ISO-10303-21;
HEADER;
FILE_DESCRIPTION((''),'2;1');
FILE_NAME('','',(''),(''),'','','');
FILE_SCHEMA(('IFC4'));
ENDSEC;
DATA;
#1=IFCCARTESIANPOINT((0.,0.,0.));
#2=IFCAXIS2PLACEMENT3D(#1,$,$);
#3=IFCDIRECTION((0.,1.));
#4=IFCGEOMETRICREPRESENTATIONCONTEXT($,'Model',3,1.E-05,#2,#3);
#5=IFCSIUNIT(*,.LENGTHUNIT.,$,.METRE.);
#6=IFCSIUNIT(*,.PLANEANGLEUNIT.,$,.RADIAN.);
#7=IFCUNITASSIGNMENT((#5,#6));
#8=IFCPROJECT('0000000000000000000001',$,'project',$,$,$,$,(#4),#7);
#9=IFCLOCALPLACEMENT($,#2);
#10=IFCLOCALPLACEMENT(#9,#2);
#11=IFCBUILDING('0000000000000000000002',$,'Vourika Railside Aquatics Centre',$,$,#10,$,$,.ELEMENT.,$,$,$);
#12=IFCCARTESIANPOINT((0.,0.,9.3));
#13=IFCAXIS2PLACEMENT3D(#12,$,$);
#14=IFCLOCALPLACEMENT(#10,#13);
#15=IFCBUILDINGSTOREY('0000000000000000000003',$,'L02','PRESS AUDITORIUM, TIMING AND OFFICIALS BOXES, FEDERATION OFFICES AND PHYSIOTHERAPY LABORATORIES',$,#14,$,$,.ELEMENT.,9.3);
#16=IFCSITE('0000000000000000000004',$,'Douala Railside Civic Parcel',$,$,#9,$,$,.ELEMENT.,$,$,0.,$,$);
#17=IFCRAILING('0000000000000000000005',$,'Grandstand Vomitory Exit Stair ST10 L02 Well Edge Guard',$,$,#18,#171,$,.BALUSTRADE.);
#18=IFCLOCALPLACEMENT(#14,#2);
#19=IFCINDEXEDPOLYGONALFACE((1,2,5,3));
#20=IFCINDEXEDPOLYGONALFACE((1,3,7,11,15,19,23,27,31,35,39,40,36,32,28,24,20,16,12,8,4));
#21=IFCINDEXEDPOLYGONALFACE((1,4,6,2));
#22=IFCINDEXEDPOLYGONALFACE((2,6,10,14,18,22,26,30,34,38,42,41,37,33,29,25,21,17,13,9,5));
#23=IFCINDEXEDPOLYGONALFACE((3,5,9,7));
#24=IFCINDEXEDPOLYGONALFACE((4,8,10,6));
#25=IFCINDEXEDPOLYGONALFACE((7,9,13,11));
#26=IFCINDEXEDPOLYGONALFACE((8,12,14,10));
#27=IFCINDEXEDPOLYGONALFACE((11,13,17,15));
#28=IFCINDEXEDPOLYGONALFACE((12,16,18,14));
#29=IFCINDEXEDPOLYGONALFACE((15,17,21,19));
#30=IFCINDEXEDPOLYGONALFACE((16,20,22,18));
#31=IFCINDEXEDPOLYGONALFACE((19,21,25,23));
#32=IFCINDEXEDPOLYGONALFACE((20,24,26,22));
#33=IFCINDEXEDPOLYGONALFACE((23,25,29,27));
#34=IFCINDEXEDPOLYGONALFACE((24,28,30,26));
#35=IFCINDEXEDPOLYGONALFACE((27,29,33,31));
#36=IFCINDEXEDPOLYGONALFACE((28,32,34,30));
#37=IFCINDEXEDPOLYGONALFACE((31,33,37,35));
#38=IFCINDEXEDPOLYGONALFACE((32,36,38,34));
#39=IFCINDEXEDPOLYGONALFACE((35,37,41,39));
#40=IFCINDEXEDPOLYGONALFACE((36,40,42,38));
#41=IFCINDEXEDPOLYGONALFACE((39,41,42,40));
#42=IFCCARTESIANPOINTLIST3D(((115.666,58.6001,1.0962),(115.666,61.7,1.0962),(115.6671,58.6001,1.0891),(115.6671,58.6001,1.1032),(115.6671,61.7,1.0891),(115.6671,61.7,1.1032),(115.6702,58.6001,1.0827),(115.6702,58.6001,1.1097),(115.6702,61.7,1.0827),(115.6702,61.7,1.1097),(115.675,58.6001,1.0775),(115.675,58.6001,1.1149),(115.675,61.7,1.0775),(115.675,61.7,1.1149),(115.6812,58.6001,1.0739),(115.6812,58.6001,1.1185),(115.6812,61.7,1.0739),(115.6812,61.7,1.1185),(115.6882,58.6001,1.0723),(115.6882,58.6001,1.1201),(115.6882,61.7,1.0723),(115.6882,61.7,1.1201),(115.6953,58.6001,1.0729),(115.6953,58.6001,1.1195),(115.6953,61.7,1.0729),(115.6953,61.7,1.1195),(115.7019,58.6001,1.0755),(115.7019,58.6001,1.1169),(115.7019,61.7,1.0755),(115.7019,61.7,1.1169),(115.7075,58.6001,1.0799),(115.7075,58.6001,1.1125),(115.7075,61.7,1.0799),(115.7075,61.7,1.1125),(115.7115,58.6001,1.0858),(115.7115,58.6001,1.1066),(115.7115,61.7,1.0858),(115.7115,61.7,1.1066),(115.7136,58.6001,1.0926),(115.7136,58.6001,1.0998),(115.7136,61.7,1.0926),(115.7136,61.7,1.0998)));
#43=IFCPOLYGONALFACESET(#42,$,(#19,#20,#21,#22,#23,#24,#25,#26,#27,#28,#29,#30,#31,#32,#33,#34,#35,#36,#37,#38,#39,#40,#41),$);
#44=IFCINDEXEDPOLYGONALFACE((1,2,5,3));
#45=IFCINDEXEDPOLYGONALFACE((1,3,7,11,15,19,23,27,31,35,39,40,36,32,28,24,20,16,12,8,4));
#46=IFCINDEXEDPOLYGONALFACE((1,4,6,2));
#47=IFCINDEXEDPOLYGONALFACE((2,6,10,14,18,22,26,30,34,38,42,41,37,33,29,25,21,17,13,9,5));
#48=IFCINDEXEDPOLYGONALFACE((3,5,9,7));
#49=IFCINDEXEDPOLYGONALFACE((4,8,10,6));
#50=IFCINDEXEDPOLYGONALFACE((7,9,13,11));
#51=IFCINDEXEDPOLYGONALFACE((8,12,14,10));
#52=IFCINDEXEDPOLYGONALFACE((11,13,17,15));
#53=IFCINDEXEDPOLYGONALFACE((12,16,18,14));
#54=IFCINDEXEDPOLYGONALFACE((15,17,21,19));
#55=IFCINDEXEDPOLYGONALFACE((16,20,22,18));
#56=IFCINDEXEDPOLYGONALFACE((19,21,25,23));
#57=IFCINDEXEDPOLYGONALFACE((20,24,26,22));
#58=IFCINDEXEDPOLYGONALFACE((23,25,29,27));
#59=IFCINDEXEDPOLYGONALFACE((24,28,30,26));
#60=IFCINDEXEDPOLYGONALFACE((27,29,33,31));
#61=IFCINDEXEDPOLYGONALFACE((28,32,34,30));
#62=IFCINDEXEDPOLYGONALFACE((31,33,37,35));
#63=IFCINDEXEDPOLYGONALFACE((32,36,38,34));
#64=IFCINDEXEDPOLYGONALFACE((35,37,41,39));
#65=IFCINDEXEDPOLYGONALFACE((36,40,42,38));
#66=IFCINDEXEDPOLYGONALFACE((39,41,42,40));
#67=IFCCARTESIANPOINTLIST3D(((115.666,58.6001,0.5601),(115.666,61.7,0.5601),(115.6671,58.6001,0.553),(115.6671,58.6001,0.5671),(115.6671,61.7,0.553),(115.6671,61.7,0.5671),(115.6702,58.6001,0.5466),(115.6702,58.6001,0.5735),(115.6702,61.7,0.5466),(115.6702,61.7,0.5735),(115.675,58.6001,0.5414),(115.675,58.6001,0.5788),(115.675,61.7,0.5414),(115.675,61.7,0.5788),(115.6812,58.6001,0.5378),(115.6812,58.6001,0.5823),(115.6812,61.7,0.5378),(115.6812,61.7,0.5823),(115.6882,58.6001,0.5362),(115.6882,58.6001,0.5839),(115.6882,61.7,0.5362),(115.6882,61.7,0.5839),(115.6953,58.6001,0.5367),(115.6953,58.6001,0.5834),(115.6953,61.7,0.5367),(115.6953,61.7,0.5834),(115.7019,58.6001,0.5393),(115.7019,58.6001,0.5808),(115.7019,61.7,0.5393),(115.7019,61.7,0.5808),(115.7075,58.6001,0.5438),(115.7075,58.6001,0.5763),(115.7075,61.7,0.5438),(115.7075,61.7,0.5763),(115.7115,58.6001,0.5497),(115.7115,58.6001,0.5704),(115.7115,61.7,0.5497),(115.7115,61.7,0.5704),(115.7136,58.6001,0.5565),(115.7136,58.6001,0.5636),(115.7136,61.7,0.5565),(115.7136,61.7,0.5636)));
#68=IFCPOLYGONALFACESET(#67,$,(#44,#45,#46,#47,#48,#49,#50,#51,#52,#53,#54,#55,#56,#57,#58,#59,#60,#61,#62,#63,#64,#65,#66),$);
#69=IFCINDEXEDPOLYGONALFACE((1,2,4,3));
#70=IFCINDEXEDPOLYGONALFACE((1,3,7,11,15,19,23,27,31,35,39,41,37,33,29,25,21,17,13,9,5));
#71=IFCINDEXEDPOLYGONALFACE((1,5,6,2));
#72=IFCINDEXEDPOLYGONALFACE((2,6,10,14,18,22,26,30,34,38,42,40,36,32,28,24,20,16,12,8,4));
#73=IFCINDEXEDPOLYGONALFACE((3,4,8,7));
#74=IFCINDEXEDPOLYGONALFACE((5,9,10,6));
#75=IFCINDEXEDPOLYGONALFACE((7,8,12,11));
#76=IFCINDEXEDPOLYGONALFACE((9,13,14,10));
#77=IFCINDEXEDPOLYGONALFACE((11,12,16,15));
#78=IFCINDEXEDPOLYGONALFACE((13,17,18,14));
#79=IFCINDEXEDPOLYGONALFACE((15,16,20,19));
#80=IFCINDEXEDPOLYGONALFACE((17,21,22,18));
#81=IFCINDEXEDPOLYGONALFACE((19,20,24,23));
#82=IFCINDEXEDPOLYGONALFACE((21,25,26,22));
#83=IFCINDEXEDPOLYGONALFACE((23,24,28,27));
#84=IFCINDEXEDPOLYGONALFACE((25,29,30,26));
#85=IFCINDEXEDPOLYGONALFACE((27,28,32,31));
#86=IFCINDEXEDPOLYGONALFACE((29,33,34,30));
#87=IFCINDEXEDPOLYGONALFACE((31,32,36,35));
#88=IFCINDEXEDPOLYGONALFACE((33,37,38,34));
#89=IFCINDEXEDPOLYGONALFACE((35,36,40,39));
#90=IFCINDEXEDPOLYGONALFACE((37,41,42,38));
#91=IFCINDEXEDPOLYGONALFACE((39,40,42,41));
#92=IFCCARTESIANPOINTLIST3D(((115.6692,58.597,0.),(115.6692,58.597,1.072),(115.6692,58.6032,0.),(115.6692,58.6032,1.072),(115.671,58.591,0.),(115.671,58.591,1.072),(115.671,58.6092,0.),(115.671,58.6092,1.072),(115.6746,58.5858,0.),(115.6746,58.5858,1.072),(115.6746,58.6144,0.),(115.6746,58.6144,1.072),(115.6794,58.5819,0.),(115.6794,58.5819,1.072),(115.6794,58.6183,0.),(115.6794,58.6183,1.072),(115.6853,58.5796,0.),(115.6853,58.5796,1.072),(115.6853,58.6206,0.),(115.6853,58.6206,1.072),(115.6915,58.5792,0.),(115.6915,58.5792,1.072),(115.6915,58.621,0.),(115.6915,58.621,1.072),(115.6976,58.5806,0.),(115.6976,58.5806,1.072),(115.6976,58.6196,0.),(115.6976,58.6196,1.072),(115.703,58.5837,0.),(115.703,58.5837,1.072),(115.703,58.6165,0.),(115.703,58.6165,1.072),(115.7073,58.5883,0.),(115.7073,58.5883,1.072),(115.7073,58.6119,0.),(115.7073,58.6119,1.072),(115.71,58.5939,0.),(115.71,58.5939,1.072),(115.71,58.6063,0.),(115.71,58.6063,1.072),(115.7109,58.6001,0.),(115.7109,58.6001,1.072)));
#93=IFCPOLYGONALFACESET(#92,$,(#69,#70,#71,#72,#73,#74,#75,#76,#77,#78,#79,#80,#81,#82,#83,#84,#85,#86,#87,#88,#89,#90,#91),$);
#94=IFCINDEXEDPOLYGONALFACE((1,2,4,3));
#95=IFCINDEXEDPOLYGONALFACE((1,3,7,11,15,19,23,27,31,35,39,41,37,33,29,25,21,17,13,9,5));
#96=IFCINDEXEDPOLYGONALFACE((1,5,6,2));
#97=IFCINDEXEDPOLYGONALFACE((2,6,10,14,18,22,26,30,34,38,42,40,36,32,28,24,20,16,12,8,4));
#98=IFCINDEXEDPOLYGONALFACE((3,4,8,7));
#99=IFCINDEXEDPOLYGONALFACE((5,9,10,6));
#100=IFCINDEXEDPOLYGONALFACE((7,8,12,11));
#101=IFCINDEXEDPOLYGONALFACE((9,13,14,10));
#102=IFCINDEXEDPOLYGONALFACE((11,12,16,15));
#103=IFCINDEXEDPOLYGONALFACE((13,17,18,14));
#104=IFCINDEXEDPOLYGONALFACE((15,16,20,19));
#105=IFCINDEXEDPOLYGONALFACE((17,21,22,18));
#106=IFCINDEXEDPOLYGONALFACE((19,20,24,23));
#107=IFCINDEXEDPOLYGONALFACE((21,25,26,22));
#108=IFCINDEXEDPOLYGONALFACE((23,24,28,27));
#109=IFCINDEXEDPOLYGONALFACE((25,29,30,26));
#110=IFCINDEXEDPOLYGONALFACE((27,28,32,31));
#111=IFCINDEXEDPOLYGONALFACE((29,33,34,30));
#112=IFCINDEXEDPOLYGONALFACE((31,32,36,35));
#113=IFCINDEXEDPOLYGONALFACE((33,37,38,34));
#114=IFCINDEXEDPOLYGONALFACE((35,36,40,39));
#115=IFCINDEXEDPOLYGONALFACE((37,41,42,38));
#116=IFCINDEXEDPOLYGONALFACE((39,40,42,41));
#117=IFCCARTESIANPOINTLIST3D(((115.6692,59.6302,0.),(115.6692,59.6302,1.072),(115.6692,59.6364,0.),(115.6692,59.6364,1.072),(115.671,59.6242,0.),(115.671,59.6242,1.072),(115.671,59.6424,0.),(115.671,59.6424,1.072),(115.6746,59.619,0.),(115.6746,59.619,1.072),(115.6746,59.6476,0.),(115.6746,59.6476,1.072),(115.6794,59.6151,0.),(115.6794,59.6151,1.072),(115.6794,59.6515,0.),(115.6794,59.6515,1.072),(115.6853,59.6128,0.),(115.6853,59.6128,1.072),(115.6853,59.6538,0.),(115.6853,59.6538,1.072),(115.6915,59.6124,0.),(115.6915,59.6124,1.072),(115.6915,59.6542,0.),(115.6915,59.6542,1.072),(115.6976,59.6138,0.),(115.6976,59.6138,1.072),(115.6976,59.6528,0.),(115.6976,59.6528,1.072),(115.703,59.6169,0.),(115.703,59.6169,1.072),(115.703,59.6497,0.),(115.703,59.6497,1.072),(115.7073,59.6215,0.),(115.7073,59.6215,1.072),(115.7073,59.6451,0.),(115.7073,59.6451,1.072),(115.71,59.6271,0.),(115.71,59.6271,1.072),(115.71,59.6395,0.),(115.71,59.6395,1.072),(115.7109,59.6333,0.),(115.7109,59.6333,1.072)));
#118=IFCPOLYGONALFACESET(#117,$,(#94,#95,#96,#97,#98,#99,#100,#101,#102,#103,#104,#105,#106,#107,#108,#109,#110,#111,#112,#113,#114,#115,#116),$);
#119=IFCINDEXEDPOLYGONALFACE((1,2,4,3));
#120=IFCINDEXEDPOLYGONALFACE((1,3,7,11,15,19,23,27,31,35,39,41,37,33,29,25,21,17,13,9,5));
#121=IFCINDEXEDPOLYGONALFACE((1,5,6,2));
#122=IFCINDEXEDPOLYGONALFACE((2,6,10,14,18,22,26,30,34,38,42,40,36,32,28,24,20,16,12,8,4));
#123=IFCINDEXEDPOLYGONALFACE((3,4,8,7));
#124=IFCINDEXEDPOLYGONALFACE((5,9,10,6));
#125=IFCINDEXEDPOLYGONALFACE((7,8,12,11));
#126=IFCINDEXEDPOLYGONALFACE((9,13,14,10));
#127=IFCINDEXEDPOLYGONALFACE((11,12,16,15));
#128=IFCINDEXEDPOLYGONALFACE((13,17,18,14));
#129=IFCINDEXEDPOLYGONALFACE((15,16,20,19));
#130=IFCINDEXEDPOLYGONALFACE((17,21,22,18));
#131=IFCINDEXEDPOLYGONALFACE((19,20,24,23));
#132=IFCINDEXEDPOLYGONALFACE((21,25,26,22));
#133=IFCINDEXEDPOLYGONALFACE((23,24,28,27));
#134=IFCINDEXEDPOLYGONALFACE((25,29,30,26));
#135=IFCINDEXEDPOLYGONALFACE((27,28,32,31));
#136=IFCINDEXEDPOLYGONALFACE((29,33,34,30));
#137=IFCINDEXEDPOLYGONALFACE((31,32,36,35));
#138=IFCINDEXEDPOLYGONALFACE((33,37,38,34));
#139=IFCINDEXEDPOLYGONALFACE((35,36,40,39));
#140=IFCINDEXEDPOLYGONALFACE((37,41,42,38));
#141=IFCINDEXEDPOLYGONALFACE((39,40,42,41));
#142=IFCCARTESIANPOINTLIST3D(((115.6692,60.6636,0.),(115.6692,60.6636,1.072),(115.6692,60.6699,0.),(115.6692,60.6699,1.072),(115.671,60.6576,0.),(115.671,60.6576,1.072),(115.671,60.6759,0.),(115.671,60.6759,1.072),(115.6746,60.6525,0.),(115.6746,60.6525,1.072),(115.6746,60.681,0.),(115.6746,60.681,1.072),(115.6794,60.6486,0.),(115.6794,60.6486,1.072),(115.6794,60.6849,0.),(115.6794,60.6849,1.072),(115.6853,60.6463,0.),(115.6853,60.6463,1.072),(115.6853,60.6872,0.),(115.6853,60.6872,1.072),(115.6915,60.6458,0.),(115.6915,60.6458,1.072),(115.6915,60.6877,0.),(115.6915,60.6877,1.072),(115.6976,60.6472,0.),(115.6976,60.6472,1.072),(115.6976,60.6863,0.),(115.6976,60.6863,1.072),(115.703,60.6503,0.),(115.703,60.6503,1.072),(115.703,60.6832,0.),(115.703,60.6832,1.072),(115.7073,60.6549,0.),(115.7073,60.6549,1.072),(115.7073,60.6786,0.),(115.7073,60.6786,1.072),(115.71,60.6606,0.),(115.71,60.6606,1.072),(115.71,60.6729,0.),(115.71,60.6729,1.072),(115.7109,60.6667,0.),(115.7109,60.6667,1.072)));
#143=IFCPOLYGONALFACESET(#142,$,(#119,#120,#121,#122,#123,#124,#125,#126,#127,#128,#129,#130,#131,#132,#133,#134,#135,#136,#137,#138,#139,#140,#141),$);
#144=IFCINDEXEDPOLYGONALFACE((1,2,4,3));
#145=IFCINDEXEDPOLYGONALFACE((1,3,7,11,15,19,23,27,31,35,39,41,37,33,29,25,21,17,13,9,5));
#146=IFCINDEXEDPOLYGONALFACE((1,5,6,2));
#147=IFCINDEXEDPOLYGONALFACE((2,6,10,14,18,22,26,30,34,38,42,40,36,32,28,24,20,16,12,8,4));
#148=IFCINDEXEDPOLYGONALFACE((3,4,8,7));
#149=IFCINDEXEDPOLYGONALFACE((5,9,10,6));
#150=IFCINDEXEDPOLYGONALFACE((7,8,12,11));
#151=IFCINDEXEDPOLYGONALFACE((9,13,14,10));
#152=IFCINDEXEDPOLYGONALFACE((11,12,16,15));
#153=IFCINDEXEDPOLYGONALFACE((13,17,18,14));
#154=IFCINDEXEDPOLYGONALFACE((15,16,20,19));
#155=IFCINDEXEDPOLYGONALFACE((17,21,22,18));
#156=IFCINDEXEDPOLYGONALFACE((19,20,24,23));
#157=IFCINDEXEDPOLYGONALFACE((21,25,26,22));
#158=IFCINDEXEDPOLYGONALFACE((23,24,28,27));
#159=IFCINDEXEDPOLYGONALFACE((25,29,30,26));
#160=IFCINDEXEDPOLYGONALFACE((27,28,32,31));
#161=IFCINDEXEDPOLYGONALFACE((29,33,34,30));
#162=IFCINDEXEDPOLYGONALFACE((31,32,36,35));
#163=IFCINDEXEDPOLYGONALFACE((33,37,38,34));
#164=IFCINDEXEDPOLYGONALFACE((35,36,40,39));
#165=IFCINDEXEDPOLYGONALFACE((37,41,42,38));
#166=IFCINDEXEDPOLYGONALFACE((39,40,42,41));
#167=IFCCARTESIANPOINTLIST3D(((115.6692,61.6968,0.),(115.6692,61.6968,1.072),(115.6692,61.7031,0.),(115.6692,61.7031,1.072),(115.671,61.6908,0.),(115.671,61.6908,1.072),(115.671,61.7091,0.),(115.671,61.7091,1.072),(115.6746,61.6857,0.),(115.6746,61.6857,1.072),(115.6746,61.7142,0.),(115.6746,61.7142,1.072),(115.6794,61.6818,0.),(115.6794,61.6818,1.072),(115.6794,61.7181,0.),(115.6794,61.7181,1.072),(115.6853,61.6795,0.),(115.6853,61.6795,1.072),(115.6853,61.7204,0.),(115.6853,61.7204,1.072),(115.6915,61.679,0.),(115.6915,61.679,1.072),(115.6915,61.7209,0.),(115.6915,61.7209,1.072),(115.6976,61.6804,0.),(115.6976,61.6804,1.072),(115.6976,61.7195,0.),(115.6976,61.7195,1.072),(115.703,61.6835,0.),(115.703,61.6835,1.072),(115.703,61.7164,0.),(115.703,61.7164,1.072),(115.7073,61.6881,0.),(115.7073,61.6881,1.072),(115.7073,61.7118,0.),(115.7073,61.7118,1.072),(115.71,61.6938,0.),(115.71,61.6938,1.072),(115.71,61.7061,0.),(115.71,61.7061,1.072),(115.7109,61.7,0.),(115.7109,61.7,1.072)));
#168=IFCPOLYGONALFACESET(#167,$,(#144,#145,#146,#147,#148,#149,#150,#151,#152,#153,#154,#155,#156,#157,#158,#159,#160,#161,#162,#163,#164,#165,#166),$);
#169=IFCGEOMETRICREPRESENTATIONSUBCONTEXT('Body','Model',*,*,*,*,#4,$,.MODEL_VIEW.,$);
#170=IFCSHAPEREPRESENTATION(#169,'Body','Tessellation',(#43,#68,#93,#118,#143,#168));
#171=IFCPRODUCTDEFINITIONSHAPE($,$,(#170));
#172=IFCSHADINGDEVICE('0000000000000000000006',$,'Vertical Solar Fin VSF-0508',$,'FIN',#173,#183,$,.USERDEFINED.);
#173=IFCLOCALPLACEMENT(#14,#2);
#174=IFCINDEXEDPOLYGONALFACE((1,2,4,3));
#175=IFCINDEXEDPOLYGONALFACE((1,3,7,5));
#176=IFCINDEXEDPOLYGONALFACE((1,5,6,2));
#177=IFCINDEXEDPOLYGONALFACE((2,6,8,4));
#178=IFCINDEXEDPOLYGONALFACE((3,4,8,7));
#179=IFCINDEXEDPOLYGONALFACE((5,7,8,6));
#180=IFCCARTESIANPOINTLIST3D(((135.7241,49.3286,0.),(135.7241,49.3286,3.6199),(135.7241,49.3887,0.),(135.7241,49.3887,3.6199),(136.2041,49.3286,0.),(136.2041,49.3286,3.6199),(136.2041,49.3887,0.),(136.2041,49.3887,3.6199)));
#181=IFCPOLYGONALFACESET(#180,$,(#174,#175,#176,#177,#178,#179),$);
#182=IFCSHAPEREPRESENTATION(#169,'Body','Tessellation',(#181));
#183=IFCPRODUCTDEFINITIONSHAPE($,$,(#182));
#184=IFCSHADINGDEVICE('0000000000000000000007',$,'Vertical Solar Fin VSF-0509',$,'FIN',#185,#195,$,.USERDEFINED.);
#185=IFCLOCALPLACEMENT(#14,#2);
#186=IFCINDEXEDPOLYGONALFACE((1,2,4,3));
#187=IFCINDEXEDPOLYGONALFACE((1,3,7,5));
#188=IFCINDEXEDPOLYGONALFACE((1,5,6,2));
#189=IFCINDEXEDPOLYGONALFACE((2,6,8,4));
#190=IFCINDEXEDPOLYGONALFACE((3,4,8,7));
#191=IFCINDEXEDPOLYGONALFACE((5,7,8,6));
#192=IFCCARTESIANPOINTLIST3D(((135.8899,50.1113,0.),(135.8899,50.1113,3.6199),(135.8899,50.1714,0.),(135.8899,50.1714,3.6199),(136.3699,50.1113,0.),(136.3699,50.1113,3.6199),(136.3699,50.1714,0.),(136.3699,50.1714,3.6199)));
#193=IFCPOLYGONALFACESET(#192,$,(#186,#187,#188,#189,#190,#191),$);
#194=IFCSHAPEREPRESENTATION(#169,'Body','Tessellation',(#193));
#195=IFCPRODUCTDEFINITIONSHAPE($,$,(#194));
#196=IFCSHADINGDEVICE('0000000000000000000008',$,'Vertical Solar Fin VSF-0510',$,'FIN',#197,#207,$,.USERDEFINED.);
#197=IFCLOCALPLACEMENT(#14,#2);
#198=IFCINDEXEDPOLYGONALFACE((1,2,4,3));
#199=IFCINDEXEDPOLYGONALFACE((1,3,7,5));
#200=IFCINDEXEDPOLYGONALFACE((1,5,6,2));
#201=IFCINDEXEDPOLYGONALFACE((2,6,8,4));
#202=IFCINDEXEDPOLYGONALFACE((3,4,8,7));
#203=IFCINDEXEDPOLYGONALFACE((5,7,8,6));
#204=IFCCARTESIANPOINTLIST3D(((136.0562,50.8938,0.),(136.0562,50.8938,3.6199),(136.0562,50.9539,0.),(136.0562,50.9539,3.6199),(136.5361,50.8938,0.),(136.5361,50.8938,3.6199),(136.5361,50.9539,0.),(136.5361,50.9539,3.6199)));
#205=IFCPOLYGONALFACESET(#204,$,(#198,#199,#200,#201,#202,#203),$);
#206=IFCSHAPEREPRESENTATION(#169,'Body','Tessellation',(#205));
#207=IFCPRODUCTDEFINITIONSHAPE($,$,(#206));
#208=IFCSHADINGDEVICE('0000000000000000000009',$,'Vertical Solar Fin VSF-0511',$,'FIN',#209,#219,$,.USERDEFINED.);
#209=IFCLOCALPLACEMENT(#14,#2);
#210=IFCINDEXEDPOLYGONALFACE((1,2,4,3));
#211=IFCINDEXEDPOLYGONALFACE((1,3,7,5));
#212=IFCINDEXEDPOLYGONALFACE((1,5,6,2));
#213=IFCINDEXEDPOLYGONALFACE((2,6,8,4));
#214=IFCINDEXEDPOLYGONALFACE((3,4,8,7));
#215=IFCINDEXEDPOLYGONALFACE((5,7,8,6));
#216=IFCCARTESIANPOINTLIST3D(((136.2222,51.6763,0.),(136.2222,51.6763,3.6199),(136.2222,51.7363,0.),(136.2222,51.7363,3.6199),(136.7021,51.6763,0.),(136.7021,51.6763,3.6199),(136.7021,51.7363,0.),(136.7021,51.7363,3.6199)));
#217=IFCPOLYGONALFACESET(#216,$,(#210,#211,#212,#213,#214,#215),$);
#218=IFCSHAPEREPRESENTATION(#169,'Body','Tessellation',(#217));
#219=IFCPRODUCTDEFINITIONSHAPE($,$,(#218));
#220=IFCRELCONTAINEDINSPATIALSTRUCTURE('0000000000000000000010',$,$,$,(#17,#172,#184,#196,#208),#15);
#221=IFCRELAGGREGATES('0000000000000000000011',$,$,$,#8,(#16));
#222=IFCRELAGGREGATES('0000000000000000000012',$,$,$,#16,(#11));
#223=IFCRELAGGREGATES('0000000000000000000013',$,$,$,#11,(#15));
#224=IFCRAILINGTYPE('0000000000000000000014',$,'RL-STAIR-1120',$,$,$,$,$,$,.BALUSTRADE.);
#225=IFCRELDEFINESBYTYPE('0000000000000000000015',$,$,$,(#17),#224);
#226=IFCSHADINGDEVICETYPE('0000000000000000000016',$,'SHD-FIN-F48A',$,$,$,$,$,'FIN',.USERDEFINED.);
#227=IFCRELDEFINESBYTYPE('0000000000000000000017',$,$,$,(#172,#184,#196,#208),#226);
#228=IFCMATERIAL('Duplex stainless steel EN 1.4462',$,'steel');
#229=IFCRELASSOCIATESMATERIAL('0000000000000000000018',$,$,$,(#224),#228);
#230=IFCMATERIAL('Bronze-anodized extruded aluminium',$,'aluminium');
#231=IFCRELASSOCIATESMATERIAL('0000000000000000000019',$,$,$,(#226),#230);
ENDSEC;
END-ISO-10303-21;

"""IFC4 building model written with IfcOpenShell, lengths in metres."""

from ifc_helpers import new_model, si_unit, direction, frame, origin, origin_2d, place, context, subcontext, project, spatial, rectangle, circle, extrude, material, material_profile, profile_set, type_object, element, save


model = new_model("IFC4")

# Units and contexts
model_context = context("Model", 3, precision=1e-05, world=origin(), true_north=direction((0.0, 1.0)))
body_context = subcontext(model_context, "Body", "Model", "MODEL_VIEW")
ifc_project = project(units=[si_unit("LENGTHUNIT", "METRE"), si_unit("PLANEANGLEUNIT", "RADIAN")], contexts=[model_context])

# Site, building, storey
site_placement = place(None, origin())
site = spatial("IfcSite", under=ifc_project, at=site_placement, Name="Douala Railside Civic Parcel", CompositionType="ELEMENT", RefElevation=0.0)
building_placement = place(site_placement, origin())
building = spatial("IfcBuilding", under=site, at=building_placement, Name="Vourika Railside Aquatics Centre", CompositionType="ELEMENT")
storey_placement = place(building_placement, frame((0.0, 0.0, 9.3)))
storey = spatial("IfcBuildingStorey", under=building, at=storey_placement, Name="L02", Description="PRESS AUDITORIUM, TIMING AND OFFICIALS BOXES, FEDERATION OFFICES AND PHYSIOTHERAPY LABORATORIES", CompositionType="ELEMENT", Elevation=9.3)

# Railing
ifc_material_1 = material(Name="Duplex stainless steel EN 1.4462", Category="steel")
railing_type_1 = type_object("IfcRailingType", Name="RL-STAIR-1120", PredefinedType="BALUSTRADE", material=ifc_material_1)
railing_1_placement = place(storey_placement, frame((115.6899, 58.6001, 0.0)))
element("IfcRailing", 1, at=railing_1_placement, inside=storey, type_object=railing_type_1, Name="Grandstand Vomitory Exit Stair ST10 L02 Well Edge Guard", PredefinedType="BALUSTRADE", context=body_context, shape_type="SweptSolid", body=[
    extrude(circle(Radius=0.0239, at=origin_2d()), frame((0.0, 0.0, 1.0962), z_axis=(0.0, 1.0, 0.0), x_axis=(-1.0, 0.0, 0.0)), (0.0, 0.0, 1.0), 3.0999),
    extrude(circle(Radius=0.0239, at=origin_2d()), frame((0.0, 0.0, 0.5601), z_axis=(0.0, 1.0, 0.0), x_axis=(-1.0, 0.0, 0.0)), (0.0, 0.0, 1.0), 3.0999),
    extrude(circle(Radius=0.021, at=origin_2d()), origin(), (0.0, 0.0, 1.0), 1.072),
    extrude(circle(Radius=0.021, at=origin_2d()), frame((0.0, 1.0332, 0.0)), (0.0, 0.0, 1.0), 1.072),
    extrude(circle(Radius=0.021, at=origin_2d()), frame((0.0, 2.0667, 0.0)), (0.0, 0.0, 1.0), 1.072),
    extrude(circle(Radius=0.021, at=origin_2d()), frame((0.0, 3.0999, 0.0)), (0.0, 0.0, 1.0), 1.072),
])

# Shading devices
ifc_material_2 = material(Name="Bronze-anodized extruded aluminium", Category="aluminium")
ifc_material_profile_1 = material_profile(ifc_material_2, rectangle(XDim=0.0601, YDim=0.48, at=origin_2d()), Name="ALU-FIN 60x480")
ifc_profile_set_1 = profile_set([ifc_material_profile_1], Name="Bronze-anodized extruded aluminium")
shading_device_type = type_object("IfcShadingDeviceType", Name="SHD-FIN-F48A", ElementType="FIN", PredefinedType="USERDEFINED", material=ifc_profile_set_1)
for number, where, z_axis, x_axis, name in (
    (2, (135.9641, 49.3586, 0.0), (0.0, 0.0, 1.0), (0.0, 1.0, 0.0), "Vertical Solar Fin VSF-0508"),
    (3, (136.1299, 50.1414, 0.0), (0.0, 0.0, 1.0), (0.0, 1.0, 0.0), "Vertical Solar Fin VSF-0509"),
    (4, (136.2961, 50.9238, 0.0), (0.0, 0.0, 1.0), (0.0, 1.0, 0.0), "Vertical Solar Fin VSF-0510"),
    (5, (136.4622, 51.7063, 0.0), (0.0, 0.0, 1.0), (0.0, 1.0, 0.0), "Vertical Solar Fin VSF-0511"),
):
    element("IfcShadingDevice", number, at=place(storey_placement, frame(where, z_axis=z_axis, x_axis=x_axis)), inside=storey, type_object=shading_device_type, Name=name, ObjectType="FIN", PredefinedType="USERDEFINED", context=body_context, shape_type="SweptSolid", body=[
        extrude(rectangle(XDim=0.0601, YDim=0.48, at=origin_2d()), origin(), (0.0, 0.0, 1.0), 3.6199),
    ])

save(model, "model.ifc")
